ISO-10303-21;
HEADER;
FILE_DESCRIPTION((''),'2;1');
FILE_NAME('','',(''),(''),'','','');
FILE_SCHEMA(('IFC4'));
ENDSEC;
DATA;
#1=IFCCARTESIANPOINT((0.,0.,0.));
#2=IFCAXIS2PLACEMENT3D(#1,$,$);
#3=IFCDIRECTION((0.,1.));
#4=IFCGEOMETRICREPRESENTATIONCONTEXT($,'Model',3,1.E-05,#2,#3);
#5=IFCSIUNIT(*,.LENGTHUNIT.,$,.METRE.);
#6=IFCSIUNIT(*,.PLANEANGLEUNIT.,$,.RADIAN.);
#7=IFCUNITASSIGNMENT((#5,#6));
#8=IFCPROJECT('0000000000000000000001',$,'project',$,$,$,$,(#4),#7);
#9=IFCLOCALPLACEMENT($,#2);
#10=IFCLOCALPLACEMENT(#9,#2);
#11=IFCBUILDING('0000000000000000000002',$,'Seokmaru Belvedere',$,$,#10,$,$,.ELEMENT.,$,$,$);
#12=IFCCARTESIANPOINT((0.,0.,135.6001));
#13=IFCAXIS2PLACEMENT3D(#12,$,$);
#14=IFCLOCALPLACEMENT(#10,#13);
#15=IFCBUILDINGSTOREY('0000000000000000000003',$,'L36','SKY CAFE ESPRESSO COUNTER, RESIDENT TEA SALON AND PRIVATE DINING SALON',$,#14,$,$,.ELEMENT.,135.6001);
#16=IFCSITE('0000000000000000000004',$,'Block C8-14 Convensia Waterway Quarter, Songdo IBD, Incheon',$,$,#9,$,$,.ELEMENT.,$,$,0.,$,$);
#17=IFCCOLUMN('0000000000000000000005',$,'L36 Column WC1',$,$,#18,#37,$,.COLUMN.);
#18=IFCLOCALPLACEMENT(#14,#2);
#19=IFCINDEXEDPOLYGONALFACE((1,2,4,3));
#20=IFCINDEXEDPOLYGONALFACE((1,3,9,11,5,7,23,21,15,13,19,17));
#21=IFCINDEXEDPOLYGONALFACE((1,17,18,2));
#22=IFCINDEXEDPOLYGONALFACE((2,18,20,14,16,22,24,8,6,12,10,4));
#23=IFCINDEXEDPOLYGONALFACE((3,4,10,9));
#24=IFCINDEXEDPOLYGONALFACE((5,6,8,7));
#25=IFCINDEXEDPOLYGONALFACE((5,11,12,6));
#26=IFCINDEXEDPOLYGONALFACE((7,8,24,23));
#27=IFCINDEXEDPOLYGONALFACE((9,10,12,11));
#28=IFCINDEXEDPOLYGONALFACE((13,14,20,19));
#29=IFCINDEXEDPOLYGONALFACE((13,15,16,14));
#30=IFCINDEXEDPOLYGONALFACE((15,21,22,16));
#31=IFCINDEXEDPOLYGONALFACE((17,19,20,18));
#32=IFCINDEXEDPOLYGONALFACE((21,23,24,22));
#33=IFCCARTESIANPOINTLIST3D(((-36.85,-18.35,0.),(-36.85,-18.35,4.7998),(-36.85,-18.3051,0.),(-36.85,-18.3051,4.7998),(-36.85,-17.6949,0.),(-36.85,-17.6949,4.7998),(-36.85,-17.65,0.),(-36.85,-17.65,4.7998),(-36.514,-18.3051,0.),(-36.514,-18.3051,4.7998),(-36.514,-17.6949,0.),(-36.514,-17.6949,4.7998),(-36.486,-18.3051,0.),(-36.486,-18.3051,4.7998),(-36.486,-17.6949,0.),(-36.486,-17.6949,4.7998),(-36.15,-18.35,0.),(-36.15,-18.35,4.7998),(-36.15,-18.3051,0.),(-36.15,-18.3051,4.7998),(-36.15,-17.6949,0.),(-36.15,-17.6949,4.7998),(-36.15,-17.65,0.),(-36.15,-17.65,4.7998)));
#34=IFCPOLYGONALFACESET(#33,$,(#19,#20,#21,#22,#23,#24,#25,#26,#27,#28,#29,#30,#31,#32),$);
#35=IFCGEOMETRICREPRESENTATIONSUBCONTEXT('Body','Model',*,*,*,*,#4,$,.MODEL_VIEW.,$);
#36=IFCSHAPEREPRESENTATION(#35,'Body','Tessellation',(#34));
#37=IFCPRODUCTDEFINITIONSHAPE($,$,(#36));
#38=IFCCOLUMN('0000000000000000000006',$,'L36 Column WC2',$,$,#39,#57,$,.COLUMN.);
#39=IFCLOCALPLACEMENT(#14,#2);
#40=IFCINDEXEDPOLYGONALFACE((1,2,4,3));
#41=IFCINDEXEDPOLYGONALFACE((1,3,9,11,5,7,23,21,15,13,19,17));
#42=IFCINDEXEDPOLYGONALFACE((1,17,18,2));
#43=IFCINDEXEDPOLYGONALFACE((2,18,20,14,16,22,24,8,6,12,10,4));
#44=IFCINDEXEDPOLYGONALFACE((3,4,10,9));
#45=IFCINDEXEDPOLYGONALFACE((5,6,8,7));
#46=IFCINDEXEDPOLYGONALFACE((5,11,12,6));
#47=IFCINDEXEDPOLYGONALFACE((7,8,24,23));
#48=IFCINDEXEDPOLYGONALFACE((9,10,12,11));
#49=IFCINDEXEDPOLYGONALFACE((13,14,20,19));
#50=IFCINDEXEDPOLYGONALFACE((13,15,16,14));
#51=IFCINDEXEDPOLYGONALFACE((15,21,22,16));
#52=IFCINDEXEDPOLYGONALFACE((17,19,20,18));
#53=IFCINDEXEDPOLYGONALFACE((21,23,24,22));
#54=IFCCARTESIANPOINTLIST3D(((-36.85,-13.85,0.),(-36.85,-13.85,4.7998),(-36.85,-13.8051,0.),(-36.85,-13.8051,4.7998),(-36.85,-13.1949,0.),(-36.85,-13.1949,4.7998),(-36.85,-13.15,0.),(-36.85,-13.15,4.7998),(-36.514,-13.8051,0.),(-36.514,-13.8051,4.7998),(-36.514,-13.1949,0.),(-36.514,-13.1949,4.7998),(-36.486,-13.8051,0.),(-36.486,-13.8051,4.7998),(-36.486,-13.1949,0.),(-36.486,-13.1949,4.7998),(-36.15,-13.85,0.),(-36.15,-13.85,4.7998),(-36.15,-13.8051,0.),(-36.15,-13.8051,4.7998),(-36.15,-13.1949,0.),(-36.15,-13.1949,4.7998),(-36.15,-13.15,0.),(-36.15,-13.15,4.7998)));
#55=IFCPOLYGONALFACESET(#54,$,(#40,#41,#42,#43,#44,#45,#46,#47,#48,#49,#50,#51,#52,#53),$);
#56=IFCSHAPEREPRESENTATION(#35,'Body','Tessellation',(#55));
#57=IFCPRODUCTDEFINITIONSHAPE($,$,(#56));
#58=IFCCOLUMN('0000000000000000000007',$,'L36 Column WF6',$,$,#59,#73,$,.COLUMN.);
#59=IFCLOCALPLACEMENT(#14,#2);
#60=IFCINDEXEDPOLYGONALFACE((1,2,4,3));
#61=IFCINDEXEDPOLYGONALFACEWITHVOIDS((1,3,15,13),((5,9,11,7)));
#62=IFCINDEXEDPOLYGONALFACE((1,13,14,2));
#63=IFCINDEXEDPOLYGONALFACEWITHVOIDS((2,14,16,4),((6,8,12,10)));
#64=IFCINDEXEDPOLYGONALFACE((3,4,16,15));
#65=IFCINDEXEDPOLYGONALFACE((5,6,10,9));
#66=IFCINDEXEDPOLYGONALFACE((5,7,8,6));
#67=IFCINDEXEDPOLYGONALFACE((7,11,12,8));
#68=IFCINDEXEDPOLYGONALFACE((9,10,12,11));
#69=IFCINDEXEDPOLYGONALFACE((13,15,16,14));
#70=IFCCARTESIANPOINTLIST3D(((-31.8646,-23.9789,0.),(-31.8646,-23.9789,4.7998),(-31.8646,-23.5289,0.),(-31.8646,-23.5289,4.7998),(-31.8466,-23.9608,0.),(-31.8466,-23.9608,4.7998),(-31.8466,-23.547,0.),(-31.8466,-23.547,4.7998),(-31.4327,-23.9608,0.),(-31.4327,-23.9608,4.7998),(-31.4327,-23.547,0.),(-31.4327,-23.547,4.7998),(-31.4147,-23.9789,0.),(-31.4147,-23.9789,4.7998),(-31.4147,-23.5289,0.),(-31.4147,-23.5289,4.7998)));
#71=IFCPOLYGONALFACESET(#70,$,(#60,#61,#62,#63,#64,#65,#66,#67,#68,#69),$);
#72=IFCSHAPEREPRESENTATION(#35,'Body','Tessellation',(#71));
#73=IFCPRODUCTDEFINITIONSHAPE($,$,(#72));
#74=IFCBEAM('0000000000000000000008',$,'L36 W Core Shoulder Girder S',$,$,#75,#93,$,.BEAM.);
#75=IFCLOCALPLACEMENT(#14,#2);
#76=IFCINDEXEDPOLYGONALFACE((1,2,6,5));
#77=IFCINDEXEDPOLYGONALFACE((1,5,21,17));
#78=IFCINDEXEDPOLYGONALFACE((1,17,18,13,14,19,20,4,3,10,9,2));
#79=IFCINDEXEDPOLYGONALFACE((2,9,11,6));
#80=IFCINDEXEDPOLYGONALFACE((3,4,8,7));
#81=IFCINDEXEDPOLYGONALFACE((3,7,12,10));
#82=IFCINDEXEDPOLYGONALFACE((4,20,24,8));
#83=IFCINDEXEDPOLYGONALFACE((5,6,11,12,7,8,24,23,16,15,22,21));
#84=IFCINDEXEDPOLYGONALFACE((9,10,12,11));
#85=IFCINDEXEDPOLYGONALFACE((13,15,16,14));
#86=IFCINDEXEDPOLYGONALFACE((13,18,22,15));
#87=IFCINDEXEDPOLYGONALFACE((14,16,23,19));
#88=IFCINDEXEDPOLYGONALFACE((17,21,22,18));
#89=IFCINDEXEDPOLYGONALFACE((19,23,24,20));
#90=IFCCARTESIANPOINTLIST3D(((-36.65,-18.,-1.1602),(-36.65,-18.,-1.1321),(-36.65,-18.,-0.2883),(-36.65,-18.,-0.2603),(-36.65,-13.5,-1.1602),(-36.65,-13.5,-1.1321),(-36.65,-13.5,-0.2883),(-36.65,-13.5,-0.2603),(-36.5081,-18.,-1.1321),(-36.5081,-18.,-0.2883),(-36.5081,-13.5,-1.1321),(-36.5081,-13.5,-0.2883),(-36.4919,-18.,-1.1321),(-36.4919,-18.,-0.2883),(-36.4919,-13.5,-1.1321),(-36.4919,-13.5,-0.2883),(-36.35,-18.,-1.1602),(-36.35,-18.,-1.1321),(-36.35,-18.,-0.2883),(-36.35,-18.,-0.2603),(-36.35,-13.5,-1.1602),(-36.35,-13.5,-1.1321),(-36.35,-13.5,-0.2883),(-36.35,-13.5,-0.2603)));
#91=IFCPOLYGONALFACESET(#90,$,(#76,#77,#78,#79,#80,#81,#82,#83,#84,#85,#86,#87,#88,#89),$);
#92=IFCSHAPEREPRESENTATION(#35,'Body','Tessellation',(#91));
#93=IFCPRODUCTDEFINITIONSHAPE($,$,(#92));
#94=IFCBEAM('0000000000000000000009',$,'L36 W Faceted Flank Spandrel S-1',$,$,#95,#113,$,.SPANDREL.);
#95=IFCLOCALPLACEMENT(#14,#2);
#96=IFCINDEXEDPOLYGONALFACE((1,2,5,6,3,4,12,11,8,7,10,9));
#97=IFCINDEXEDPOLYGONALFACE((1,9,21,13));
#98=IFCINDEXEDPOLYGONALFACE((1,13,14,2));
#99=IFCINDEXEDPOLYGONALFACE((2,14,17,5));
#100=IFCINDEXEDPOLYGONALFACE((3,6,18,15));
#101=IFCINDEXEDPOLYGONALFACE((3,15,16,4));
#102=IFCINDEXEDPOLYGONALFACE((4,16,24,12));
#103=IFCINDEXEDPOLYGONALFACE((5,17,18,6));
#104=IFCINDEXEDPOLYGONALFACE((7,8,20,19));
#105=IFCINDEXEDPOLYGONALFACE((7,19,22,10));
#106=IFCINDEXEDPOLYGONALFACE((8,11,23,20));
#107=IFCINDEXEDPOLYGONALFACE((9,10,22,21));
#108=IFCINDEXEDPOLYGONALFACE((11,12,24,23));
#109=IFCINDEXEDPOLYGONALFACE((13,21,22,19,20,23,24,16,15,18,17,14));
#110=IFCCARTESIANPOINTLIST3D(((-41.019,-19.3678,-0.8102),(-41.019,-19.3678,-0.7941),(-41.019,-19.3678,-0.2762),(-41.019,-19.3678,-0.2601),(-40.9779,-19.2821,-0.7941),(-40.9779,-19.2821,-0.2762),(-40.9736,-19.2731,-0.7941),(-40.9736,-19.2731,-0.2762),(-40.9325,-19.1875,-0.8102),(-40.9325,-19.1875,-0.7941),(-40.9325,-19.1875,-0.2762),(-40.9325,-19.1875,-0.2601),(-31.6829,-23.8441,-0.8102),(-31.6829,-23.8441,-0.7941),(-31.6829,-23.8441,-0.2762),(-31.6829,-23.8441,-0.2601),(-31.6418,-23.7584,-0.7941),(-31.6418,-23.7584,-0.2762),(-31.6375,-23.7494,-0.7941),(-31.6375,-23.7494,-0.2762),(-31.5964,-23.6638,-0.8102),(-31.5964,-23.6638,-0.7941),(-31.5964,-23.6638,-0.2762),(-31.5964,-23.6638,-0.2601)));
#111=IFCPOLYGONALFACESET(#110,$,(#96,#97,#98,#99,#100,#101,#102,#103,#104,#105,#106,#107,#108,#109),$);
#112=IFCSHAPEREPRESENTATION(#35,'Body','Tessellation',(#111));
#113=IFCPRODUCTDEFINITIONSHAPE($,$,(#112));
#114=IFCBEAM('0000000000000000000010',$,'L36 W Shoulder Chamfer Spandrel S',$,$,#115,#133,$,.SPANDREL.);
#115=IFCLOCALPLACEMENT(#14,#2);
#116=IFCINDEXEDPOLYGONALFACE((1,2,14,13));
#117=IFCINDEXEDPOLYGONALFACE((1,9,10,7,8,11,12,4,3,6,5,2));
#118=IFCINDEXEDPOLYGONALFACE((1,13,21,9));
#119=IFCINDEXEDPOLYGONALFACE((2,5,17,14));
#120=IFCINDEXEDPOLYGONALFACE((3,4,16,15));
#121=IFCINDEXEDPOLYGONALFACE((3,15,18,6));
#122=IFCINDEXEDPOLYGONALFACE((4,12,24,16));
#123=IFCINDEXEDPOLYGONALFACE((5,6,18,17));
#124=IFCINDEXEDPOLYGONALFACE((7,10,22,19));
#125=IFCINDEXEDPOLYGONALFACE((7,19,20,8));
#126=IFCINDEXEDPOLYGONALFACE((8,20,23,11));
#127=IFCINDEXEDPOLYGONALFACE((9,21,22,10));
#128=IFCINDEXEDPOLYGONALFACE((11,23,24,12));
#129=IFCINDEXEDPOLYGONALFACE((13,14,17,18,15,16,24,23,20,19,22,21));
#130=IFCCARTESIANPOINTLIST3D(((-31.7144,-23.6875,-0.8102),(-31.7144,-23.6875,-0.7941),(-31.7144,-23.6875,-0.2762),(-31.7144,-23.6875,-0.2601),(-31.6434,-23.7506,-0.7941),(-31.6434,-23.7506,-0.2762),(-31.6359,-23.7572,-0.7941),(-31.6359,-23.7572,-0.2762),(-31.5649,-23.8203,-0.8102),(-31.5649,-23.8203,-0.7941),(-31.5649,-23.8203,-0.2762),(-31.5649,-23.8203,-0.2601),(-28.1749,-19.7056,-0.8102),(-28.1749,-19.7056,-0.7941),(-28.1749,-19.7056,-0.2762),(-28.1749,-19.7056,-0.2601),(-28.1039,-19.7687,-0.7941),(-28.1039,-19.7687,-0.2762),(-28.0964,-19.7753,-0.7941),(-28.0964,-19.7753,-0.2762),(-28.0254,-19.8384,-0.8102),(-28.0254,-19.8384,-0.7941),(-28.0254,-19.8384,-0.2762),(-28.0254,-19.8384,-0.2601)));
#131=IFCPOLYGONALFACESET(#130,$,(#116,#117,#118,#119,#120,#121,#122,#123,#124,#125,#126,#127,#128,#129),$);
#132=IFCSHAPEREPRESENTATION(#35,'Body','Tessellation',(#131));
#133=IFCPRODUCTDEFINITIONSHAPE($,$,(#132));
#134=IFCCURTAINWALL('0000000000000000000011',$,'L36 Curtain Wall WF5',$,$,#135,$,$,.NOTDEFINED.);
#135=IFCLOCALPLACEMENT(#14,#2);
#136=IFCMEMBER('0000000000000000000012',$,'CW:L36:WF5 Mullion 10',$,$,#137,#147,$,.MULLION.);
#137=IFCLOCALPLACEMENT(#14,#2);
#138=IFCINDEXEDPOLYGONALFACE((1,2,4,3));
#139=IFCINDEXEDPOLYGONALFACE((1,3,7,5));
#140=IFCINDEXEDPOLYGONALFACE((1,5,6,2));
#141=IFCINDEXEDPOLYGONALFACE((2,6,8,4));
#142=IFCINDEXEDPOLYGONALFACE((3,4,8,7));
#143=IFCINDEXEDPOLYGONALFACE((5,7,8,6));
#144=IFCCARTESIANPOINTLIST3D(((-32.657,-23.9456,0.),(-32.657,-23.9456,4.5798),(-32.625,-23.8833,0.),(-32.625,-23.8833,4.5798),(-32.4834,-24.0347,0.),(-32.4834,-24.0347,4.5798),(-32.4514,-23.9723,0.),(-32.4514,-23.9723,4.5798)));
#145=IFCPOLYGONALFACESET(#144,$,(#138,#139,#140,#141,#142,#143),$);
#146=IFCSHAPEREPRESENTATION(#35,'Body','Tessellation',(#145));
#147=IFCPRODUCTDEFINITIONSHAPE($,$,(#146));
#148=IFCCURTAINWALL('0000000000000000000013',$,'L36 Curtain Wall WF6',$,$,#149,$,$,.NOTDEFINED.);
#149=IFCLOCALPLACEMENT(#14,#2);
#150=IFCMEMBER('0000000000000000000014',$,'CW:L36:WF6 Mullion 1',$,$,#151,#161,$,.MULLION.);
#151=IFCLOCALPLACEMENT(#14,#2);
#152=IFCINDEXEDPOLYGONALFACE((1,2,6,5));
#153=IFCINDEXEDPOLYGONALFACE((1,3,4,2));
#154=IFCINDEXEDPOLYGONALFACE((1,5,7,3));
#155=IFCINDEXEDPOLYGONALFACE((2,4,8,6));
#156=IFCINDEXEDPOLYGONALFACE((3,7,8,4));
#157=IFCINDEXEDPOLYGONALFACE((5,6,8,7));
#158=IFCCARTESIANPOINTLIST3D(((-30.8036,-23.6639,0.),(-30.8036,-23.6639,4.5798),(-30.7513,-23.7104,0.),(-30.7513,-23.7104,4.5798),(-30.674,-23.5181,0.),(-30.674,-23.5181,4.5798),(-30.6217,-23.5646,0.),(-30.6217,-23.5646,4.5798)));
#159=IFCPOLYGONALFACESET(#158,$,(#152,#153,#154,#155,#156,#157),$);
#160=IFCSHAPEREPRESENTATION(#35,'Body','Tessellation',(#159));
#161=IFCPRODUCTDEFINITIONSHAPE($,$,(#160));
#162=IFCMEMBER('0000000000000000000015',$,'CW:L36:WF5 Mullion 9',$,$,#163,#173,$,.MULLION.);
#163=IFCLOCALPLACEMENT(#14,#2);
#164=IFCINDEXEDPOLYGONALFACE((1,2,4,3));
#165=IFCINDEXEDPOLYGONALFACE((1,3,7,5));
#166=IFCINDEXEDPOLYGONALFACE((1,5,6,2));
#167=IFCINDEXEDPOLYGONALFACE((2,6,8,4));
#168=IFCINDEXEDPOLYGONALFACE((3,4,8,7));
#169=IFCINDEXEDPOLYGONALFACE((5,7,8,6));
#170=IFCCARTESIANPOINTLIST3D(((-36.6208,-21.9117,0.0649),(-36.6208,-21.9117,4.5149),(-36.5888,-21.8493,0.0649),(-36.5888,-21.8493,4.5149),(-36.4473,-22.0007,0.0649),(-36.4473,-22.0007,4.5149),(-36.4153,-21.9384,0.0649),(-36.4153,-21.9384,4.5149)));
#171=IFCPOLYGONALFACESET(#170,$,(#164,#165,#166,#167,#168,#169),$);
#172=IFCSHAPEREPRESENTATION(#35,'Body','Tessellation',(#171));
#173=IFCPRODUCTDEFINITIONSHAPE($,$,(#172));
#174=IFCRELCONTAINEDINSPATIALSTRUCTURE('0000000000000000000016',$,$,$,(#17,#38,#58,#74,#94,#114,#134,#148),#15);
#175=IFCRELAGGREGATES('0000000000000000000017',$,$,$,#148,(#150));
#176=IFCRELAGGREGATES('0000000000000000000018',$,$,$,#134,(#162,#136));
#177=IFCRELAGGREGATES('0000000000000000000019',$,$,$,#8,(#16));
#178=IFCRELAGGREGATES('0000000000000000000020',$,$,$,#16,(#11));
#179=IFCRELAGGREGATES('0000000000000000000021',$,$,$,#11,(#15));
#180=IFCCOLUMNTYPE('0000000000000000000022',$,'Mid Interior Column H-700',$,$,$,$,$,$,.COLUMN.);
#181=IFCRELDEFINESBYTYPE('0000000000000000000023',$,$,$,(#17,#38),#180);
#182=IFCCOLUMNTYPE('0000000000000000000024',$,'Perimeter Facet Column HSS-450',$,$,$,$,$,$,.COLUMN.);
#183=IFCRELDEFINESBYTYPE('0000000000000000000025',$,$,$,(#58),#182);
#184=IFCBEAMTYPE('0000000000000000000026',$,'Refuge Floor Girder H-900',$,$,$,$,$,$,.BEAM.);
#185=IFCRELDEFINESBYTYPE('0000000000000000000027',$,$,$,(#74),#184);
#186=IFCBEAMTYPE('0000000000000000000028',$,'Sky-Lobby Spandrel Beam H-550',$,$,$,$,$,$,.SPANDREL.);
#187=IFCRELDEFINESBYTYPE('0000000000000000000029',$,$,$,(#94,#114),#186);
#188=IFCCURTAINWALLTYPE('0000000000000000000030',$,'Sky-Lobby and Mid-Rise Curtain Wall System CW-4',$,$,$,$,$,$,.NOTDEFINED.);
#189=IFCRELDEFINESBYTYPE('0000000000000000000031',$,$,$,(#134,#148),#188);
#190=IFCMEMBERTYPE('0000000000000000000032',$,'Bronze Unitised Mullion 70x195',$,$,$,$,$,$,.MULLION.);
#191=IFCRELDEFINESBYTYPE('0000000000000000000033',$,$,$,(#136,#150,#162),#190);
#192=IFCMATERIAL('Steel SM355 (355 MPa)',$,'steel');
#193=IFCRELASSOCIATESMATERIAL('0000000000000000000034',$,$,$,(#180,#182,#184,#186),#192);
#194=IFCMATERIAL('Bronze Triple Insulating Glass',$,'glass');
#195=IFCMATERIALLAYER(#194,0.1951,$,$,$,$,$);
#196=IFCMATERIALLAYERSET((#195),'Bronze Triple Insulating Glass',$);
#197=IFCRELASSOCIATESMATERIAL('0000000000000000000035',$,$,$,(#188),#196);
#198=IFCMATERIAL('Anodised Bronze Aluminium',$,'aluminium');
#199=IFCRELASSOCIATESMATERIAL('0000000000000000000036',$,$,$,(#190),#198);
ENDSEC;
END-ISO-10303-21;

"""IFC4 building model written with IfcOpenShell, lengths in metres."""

from ifc_helpers import new_model, si_unit, direction, frame, origin, origin_2d, place, context, subcontext, project, spatial, rectangle, hollow_rectangle, i_section, extrude, source, transform, mapped, material, layer, layer_set, material_profile, profile_set, type_object, type_shapes, element, aggregate, save


model = new_model("IFC4")

# Units and contexts
model_context = context("Model", 3, precision=1e-05, world=origin(), true_north=direction((0.0, 1.0)))
body_context = subcontext(model_context, "Body", "Model", "MODEL_VIEW")
ifc_project = project(units=[si_unit("LENGTHUNIT", "METRE"), si_unit("PLANEANGLEUNIT", "RADIAN")], contexts=[model_context])

# Site, building, storey
site_placement = place(None, origin())
site = spatial("IfcSite", under=ifc_project, at=site_placement, Name="Block C8-14 Convensia Waterway Quarter, Songdo IBD, Incheon", CompositionType="ELEMENT", RefElevation=0.0)
building_placement = place(site_placement, origin())
building = spatial("IfcBuilding", under=site, at=building_placement, Name="Seokmaru Belvedere", CompositionType="ELEMENT")
storey_placement = place(building_placement, frame((0.0, 0.0, 135.6001)))
storey = spatial("IfcBuildingStorey", under=building, at=storey_placement, Name="L36", Description="SKY CAFE ESPRESSO COUNTER, RESIDENT TEA SALON AND PRIVATE DINING SALON", CompositionType="ELEMENT", Elevation=135.6001)

# Columns
ifc_material_1 = material(Name="Steel SM355 (355 MPa)", Category="steel")
ifc_material_profile_1 = material_profile(ifc_material_1, i_section(OverallWidth=0.7, OverallDepth=0.7, WebThickness=0.0281, FlangeThickness=0.0449, at=origin_2d()), Name="H-700x700x28x45")
ifc_profile_set_1 = profile_set([ifc_material_profile_1], Name="Steel SM355 (355 MPa)")
column_type_1 = type_object("IfcColumnType", Name="Mid Interior Column H-700", PredefinedType="COLUMN", material=ifc_profile_set_1)
shared_shape_1 = source(origin(), body_context, "Body", "SweptSolid", [
    extrude(i_section(OverallWidth=0.7, OverallDepth=0.7, WebThickness=0.0281, FlangeThickness=0.0449, at=origin_2d()), origin(), (0.0, 0.0, 1.0), 4.7998),
])
type_shapes(column_type_1, [shared_shape_1])
for number, where, z_axis, x_axis, name in (
    (1, (-36.5, -18.0, 0.0), (0.0, 0.0, 1.0), (1.0, 0.0, 0.0), "L36 Column WC1"),
    (2, (-36.5, -13.5, 0.0), (0.0, 0.0, 1.0), (1.0, 0.0, 0.0), "L36 Column WC2"),
):
    element("IfcColumn", number, at=place(storey_placement, frame(where, z_axis=z_axis, x_axis=x_axis)), inside=storey, type_object=column_type_1, Name=name, PredefinedType="COLUMN", context=body_context, shape_type="MappedRepresentation", body=[
        mapped(shared_shape_1, transform((0.0, 0.0, 0.0), scale=1.0)),
    ])
ifc_material_profile_2 = material_profile(ifc_material_1, hollow_rectangle(XDim=0.45, YDim=0.45, WallThickness=0.0181, at=origin_2d()), Name="HSS-450x450x18")
ifc_profile_set_2 = profile_set([ifc_material_profile_2], Name="Steel SM355 (355 MPa)")
column_type_2 = type_object("IfcColumnType", Name="Perimeter Facet Column HSS-450", PredefinedType="COLUMN", material=ifc_profile_set_2)
shared_shape_2 = source(origin(), body_context, "Body", "SweptSolid", [
    extrude(hollow_rectangle(XDim=0.45, YDim=0.45, WallThickness=0.0181, at=origin_2d()), origin(), (0.0, 0.0, 1.0), 4.7998),
])
type_shapes(column_type_2, [shared_shape_2])
column_placement = place(storey_placement, frame((-31.6396, -23.7539, 0.0), z_axis=(0.0, 0.0, 1.0), x_axis=(1.0, 0.0, 0.0)))
element("IfcColumn", 3, at=column_placement, inside=storey, type_object=column_type_2, Name="L36 Column WF6", PredefinedType="COLUMN", context=body_context, shape_type="MappedRepresentation", body=[
    mapped(shared_shape_2, transform((0.0, 0.0, 0.0), scale=1.0)),
])

# Beams
ifc_material_profile_3 = material_profile(ifc_material_1, i_section(OverallWidth=0.3, OverallDepth=0.8999, WebThickness=0.0161, FlangeThickness=0.0281, at=origin_2d()), Name="H-900x300x16x28")
ifc_profile_set_3 = profile_set([ifc_material_profile_3], Name="Steel SM355 (355 MPa)")
beam_type_1 = type_object("IfcBeamType", Name="Refuge Floor Girder H-900", PredefinedType="BEAM", material=ifc_profile_set_3)
shared_shape_3 = source(origin(), body_context, "Body", "SweptSolid", [
    extrude(i_section(OverallWidth=0.3, OverallDepth=0.8999, WebThickness=0.0161, FlangeThickness=0.0281, at=origin_2d()), origin(), (0.0, 0.0, 1.0), 4.5),
])
type_shapes(beam_type_1, [shared_shape_3])
beam_1_placement = place(storey_placement, frame((-36.5, -18.0, -0.7102), z_axis=(0.0, 1.0, 0.0), x_axis=(-1.0, 0.0, 0.0)))
element("IfcBeam", 4, at=beam_1_placement, inside=storey, type_object=beam_type_1, Name="L36 W Core Shoulder Girder S", PredefinedType="BEAM", context=body_context, shape_type="MappedRepresentation", body=[
    mapped(shared_shape_3, transform((0.0, 0.0, 0.0), scale=1.0)),
])
ifc_material_profile_4 = material_profile(ifc_material_1, i_section(OverallWidth=0.2, OverallDepth=0.55, WebThickness=0.01, FlangeThickness=0.0161, at=origin_2d()), Name="H-550x200x10x16")
ifc_profile_set_4 = profile_set([ifc_material_profile_4], Name="Steel SM355 (355 MPa)")
beam_type_2 = type_object("IfcBeamType", Name="Sky-Lobby Spandrel Beam H-550", PredefinedType="SPANDREL", material=ifc_profile_set_4)
shared_shape_4 = source(origin(), body_context, "Body", "SweptSolid", [
    extrude(i_section(OverallWidth=0.2, OverallDepth=0.55, WebThickness=0.01, FlangeThickness=0.0161, at=origin_2d()), origin(), (0.0, 0.0, 1.0), 10.3538),
])
beam_2_placement = place(storey_placement, frame((-31.6396, -23.7539, -0.5352), z_axis=(-0.901713, 0.432335, 0.0), x_axis=(-0.432335, -0.901713, 0.0)))
element("IfcBeam", 5, at=beam_2_placement, inside=storey, type_object=beam_type_2, Name="L36 W Faceted Flank Spandrel S-1", PredefinedType="SPANDREL", context=body_context, shape_type="MappedRepresentation", body=[
    mapped(shared_shape_4, transform((0.0, 0.0, 0.0), scale=1.0)),
])
shared_shape_5 = source(origin(), body_context, "Body", "SweptSolid", [
    extrude(i_section(OverallWidth=0.2, OverallDepth=0.55, WebThickness=0.01, FlangeThickness=0.0161, at=origin_2d()), origin(), (0.0, 0.0, 1.0), 5.3276),
])
type_shapes(beam_type_2, [shared_shape_4, shared_shape_5])
beam_3_placement = place(storey_placement, frame((-31.6396, -23.7539, -0.5352), z_axis=(0.66437, 0.747404, 0.0), x_axis=(-0.747404, 0.66437, 0.0)))
element("IfcBeam", 6, at=beam_3_placement, inside=storey, type_object=beam_type_2, Name="L36 W Shoulder Chamfer Spandrel S", PredefinedType="SPANDREL", context=body_context, shape_type="MappedRepresentation", body=[
    mapped(shared_shape_5, transform((0.0, 0.0, 0.0), scale=1.0)),
])

# Curtain walls, members
ifc_material_2 = material(Name="Bronze Triple Insulating Glass", Category="glass")
ifc_layer_1 = layer(ifc_material_2, 0.1951)
ifc_layer_set_1 = layer_set([ifc_layer_1], Name="Bronze Triple Insulating Glass")
curtain_wall_type = type_object("IfcCurtainWallType", Name="Sky-Lobby and Mid-Rise Curtain Wall System CW-4", PredefinedType="NOTDEFINED", material=ifc_layer_set_1)
curtain_wall_1_placement = place(storey_placement, origin())
curtain_wall_1 = element("IfcCurtainWall", 7, at=curtain_wall_1_placement, inside=storey, type_object=curtain_wall_type, Name="L36 Curtain Wall WF5", PredefinedType="NOTDEFINED")
ifc_material_3 = material(Name="Anodised Bronze Aluminium", Category="aluminium")
ifc_material_profile_5 = material_profile(ifc_material_3, rectangle(XDim=0.0701, YDim=0.1951, at=origin_2d()), Name="CW-M-70x195")
ifc_profile_set_5 = profile_set([ifc_material_profile_5], Name="Anodised Bronze Aluminium")
member_type_1 = type_object("IfcMemberType", Name="Bronze Unitised Mullion 70x195", PredefinedType="MULLION", material=ifc_profile_set_5)
shared_shape_6 = source(origin(), body_context, "Body", "SweptSolid", [
    extrude(rectangle(XDim=0.0701, YDim=0.1951, at=origin_2d()), origin(), (0.0, 0.0, 1.0), 4.5798),
])
member_1_placement = place(storey_placement, frame((-32.5542, -23.959, 0.0), z_axis=(0.0, 0.0, 1.0), x_axis=(0.456555, 0.889695, 0.0)))
member_1 = element("IfcMember", 8, at=member_1_placement, type_object=member_type_1, Name="CW:L36:WF5 Mullion 10", PredefinedType="MULLION", context=body_context, shape_type="MappedRepresentation", body=[
    mapped(shared_shape_6, transform((0.0, 0.0, 0.0), scale=1.0)),
])
curtain_wall_2_placement = place(storey_placement, origin())
curtain_wall_2 = element("IfcCurtainWall", 9, at=curtain_wall_2_placement, inside=storey, type_object=curtain_wall_type, Name="L36 Curtain Wall WF6", PredefinedType="NOTDEFINED")
member_2_placement = place(storey_placement, frame((-30.7126, -23.6143, 0.0), z_axis=(0.0, 0.0, 1.0), x_axis=(-0.74741, 0.664363, 0.0)))
member_2 = element("IfcMember", 10, at=member_2_placement, type_object=member_type_1, Name="CW:L36:WF6 Mullion 1", PredefinedType="MULLION", context=body_context, shape_type="MappedRepresentation", body=[
    mapped(shared_shape_6, transform((0.0, 0.0, 0.0), scale=1.0)),
])
aggregate(curtain_wall_2, [member_2])

# Member
shared_shape_7 = source(origin(), body_context, "Body", "SweptSolid", [
    extrude(rectangle(XDim=0.0701, YDim=0.1951, at=origin_2d()), origin(), (0.0, 0.0, 1.0), 4.45),
])
type_shapes(member_type_1, [shared_shape_6, shared_shape_7])
member_3_placement = place(storey_placement, frame((-36.5181, -21.925, 0.0649), z_axis=(0.0, 0.0, 1.0), x_axis=(0.456555, 0.889695, 0.0)))
member_3 = element("IfcMember", 11, at=member_3_placement, type_object=member_type_1, Name="CW:L36:WF5 Mullion 9", PredefinedType="MULLION", context=body_context, shape_type="MappedRepresentation", body=[
    mapped(shared_shape_7, transform((0.0, 0.0, 0.0), scale=1.0)),
])

aggregate(curtain_wall_1, [member_3, member_1])

save(model, "model.ifc")
